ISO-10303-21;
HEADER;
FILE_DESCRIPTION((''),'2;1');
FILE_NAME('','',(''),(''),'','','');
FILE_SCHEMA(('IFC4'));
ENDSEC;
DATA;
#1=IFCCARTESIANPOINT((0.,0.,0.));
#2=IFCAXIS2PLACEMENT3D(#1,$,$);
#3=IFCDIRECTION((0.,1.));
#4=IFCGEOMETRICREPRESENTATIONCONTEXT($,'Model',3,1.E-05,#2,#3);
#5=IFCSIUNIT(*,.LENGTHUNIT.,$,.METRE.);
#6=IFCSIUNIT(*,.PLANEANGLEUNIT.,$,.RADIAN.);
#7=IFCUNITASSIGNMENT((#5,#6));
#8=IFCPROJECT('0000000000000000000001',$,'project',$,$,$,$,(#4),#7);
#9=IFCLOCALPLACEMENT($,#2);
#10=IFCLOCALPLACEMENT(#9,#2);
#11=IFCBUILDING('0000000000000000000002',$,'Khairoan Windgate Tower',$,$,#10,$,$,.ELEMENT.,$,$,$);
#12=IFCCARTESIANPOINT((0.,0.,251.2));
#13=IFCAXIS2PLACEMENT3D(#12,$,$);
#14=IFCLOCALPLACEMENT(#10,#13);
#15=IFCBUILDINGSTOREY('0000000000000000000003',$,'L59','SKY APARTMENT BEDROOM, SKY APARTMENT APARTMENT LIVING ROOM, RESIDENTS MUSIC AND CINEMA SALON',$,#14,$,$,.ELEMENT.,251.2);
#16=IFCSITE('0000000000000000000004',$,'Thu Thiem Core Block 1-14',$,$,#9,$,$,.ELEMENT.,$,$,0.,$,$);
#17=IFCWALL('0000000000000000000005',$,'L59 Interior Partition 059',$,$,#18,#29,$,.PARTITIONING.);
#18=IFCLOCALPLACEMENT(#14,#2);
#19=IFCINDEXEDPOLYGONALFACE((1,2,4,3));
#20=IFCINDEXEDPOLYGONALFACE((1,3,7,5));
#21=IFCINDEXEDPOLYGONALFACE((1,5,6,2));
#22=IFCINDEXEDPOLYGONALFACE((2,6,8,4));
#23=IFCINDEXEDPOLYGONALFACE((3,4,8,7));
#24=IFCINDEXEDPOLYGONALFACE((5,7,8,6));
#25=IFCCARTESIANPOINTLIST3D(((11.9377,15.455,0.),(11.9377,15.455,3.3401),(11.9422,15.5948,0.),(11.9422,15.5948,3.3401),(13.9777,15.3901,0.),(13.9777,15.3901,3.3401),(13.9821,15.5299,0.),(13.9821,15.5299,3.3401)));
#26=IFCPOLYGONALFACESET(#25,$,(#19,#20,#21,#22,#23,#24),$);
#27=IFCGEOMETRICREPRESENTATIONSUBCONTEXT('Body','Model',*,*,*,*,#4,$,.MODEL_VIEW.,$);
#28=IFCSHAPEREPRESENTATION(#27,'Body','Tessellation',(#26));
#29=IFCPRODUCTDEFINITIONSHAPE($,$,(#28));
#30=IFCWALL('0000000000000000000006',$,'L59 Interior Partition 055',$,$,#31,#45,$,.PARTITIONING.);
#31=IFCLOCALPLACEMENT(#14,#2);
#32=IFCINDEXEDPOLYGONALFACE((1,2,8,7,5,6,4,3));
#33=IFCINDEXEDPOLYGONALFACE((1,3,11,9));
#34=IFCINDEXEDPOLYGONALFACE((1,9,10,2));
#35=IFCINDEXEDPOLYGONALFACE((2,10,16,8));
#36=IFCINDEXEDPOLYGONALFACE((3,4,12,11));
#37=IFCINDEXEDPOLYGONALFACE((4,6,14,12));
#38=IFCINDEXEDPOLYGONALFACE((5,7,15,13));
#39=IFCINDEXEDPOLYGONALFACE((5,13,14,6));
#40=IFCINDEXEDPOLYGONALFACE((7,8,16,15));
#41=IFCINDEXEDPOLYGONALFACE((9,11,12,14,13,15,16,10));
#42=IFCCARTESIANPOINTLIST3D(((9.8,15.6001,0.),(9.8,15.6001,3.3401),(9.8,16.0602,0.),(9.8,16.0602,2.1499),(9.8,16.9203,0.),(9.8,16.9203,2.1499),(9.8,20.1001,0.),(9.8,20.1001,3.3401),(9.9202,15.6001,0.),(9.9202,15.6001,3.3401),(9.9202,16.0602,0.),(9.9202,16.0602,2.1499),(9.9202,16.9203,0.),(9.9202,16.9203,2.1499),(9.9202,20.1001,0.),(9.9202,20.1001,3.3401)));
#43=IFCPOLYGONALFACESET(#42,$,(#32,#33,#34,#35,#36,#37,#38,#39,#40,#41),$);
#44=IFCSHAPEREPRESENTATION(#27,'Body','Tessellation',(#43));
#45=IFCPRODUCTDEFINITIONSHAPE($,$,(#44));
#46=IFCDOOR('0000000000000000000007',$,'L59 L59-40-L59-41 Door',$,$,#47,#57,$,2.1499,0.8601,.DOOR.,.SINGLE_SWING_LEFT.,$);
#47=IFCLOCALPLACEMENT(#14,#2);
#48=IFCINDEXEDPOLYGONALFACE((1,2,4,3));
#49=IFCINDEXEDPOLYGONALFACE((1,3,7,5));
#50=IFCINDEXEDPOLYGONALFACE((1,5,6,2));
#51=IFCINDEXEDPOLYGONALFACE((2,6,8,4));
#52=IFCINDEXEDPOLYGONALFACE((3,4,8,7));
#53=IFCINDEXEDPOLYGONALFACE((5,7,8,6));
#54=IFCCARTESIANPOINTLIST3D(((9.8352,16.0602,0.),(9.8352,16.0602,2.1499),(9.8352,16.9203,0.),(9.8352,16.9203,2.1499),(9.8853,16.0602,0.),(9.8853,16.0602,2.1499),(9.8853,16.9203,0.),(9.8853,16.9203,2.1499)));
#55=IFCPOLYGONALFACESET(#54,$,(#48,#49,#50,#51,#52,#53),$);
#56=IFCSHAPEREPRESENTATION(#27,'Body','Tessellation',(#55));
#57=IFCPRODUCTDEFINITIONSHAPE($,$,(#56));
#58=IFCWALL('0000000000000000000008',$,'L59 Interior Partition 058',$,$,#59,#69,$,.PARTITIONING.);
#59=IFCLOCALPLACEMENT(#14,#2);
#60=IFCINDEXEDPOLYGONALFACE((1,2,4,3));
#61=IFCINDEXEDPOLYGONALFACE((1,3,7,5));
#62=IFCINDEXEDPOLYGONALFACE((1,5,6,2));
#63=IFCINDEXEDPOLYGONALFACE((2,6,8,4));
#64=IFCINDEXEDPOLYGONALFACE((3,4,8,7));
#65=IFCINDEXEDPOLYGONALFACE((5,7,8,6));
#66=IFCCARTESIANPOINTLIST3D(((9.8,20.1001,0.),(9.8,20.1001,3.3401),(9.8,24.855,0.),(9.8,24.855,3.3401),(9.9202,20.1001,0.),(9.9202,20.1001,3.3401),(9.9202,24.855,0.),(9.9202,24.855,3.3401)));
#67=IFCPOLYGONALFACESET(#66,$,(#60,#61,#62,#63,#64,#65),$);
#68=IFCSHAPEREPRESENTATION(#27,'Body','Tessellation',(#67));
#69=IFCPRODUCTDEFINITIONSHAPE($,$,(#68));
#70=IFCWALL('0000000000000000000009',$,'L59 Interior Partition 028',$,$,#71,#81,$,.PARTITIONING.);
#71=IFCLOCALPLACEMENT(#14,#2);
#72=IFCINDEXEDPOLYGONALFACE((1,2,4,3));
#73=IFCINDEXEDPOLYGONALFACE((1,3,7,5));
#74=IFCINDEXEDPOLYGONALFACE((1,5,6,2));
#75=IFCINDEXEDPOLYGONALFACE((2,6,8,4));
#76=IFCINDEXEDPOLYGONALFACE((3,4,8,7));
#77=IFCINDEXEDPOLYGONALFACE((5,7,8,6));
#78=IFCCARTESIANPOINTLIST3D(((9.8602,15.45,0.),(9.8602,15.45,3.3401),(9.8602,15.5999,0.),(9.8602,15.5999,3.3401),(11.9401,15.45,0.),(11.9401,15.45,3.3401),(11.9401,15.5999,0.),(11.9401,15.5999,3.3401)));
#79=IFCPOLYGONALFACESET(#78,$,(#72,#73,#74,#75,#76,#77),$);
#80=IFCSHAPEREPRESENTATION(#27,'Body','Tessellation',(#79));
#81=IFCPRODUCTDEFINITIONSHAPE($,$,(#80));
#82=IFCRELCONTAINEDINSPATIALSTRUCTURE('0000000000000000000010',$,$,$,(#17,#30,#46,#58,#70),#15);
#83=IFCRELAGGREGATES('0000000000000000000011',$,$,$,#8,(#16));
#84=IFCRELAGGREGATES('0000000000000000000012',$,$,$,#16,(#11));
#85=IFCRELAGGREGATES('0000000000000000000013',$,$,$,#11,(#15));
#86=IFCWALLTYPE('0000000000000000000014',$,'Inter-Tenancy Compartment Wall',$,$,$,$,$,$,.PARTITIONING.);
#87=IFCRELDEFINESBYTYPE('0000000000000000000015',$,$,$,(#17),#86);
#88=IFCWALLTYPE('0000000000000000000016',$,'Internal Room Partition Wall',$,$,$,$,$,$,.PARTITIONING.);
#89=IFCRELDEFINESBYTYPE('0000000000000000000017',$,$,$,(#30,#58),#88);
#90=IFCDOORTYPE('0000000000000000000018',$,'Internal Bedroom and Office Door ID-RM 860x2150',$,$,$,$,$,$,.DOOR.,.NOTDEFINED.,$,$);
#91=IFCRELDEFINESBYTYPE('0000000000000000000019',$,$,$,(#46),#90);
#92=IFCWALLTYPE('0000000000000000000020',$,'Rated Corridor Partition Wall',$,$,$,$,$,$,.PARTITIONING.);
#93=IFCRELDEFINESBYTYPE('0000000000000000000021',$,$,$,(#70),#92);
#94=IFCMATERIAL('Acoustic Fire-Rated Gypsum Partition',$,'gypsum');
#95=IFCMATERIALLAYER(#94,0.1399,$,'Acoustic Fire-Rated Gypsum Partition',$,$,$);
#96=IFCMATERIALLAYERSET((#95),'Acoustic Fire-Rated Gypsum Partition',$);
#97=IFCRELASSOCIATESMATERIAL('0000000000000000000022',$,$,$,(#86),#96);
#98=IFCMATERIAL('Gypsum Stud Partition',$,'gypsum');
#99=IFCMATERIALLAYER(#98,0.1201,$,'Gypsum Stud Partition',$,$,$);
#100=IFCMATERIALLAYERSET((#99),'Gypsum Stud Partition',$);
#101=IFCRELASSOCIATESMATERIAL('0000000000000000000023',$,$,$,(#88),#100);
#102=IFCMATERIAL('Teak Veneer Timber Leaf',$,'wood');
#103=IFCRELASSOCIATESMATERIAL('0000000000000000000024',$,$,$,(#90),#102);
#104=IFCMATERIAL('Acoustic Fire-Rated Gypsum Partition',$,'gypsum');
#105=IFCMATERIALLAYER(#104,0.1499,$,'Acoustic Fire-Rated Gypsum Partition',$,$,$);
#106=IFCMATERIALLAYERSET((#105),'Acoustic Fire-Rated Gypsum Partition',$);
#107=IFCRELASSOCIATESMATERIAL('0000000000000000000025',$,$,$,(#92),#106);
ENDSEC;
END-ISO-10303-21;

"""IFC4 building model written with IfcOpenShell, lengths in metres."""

from ifc_helpers import new_model, si_unit, direction, frame, frame_2d, origin, place, context, subcontext, project, spatial, rectangle, extrude, material, layer, layer_set, type_object, element, fill, save


model = new_model("IFC4")

# Units and contexts
model_context = context("Model", 3, precision=1e-05, world=origin(), true_north=direction((0.0, 1.0)))
body_context = subcontext(model_context, "Body", "Model", "MODEL_VIEW")
ifc_project = project(units=[si_unit("LENGTHUNIT", "METRE"), si_unit("PLANEANGLEUNIT", "RADIAN")], contexts=[model_context])

# Site, building, storey
site_placement = place(None, origin())
site = spatial("IfcSite", under=ifc_project, at=site_placement, Name="Thu Thiem Core Block 1-14", CompositionType="ELEMENT", RefElevation=0.0)
building_placement = place(site_placement, origin())
building = spatial("IfcBuilding", under=site, at=building_placement, Name="Khairoan Windgate Tower", CompositionType="ELEMENT")
storey_placement = place(building_placement, frame((0.0, 0.0, 251.2)))
storey = spatial("IfcBuildingStorey", under=building, at=storey_placement, Name="L59", Description="SKY APARTMENT BEDROOM, SKY APARTMENT APARTMENT LIVING ROOM, RESIDENTS MUSIC AND CINEMA SALON", CompositionType="ELEMENT", Elevation=251.2)

# Wall
ifc_material_1 = material(Name="Acoustic Fire-Rated Gypsum Partition", Category="gypsum")
ifc_layer_1 = layer(ifc_material_1, 0.1399, Name="Acoustic Fire-Rated Gypsum Partition")
ifc_layer_set_1 = layer_set([ifc_layer_1], Name="Acoustic Fire-Rated Gypsum Partition")
wall_type_1 = type_object("IfcWallType", Name="Inter-Tenancy Compartment Wall", PredefinedType="PARTITIONING", material=ifc_layer_set_1)
wall_1_placement = place(storey_placement, frame((11.9399, 15.5249, 0.0), z_axis=(0.0, 0.0, 1.0), x_axis=(0.999494, -0.031817, 0.0)))
element("IfcWall", 1, at=wall_1_placement, inside=storey, type_object=wall_type_1, Name="L59 Interior Partition 059", PredefinedType="PARTITIONING", context=body_context, shape_type="SweptSolid", body=[
    extrude(rectangle(XDim=2.041, YDim=0.1399, at=frame_2d((1.0205, 0.0))), origin(), (0.0, 0.0, 1.0), 3.3401),
])

# Wall, opening, door
ifc_material_2 = material(Name="Gypsum Stud Partition", Category="gypsum")
ifc_layer_2 = layer(ifc_material_2, 0.1201, Name="Gypsum Stud Partition")
ifc_layer_set_2 = layer_set([ifc_layer_2], Name="Gypsum Stud Partition")
wall_type_2 = type_object("IfcWallType", Name="Internal Room Partition Wall", PredefinedType="PARTITIONING", material=ifc_layer_set_2)
wall_2_placement = place(storey_placement, frame((9.8601, 15.6001, 0.0), z_axis=(0.0, 0.0, 1.0), x_axis=(0.0, 1.0, 0.0)))
wall_2 = element("IfcWall", 2, at=wall_2_placement, inside=storey, type_object=wall_type_2, Name="L59 Interior Partition 055", PredefinedType="PARTITIONING", context=body_context, shape_type="SweptSolid", body=[
    extrude(rectangle(XDim=4.5, YDim=0.1201, at=frame_2d((2.25, 0.0))), origin(), (0.0, 0.0, 1.0), 3.3401),
])
opening_placement = place(wall_2_placement, frame((0.46, 0.0, 0.0)))
opening = element("IfcOpeningElement", 3, at=opening_placement, cuts=wall_2, PredefinedType="OPENING", context=body_context, shape_type="SweptSolid", body=[
    extrude(rectangle(XDim=0.8601, YDim=2.1499, at=frame_2d((0.4302, 1.075))), frame((0.0, 0.0701, 0.0), z_axis=(0.0, -1.0, 0.0), x_axis=(1.0, 0.0, 0.0)), (0.0, 0.0, 1.0), 0.1401),
])
ifc_material_3 = material(Name="Teak Veneer Timber Leaf", Category="wood")
door_type = type_object("IfcDoorType", Name="Internal Bedroom and Office Door ID-RM 860x2150", OperationType="NOTDEFINED", PredefinedType="DOOR", material=ifc_material_3)
door_placement = place(opening_placement, origin())
door = element("IfcDoor", 4, at=door_placement, inside=storey, type_object=door_type, Name="L59 L59-40-L59-41 Door", OperationType="SINGLE_SWING_LEFT", OverallHeight=2.1499, OverallWidth=0.8601, PredefinedType="DOOR", context=body_context, shape_type="SweptSolid", body=[
    extrude(rectangle(XDim=0.8601, YDim=2.1499, at=frame_2d((0.4302, 1.075))), frame((0.0, 0.0249, 0.0), z_axis=(0.0, -1.0, 0.0), x_axis=(1.0, 0.0, 0.0)), (0.0, 0.0, 1.0), 0.05),
])
fill(opening, door)

# Walls
wall_3_placement = place(storey_placement, frame((9.8601, 20.1001, 0.0), z_axis=(0.0, 0.0, 1.0), x_axis=(0.0, 1.0, 0.0)))
element("IfcWall", 5, at=wall_3_placement, inside=storey, type_object=wall_type_2, Name="L59 Interior Partition 058", PredefinedType="PARTITIONING", context=body_context, shape_type="SweptSolid", body=[
    extrude(rectangle(XDim=4.7549, YDim=0.1201, at=frame_2d((2.3774, 0.0))), origin(), (0.0, 0.0, 1.0), 3.3401),
])
ifc_material_4 = material(Name="Acoustic Fire-Rated Gypsum Partition", Category="gypsum")
ifc_layer_3 = layer(ifc_material_4, 0.1499, Name="Acoustic Fire-Rated Gypsum Partition")
ifc_layer_set_3 = layer_set([ifc_layer_3], Name="Acoustic Fire-Rated Gypsum Partition")
wall_type_3 = type_object("IfcWallType", Name="Rated Corridor Partition Wall", PredefinedType="PARTITIONING", material=ifc_layer_set_3)
wall_4_placement = place(storey_placement, frame((9.8601, 15.5249, 0.0), z_axis=(0.0, 0.0, 1.0), x_axis=(1.0, 0.0, 0.0)))
element("IfcWall", 6, at=wall_4_placement, inside=storey, type_object=wall_type_3, Name="L59 Interior Partition 028", PredefinedType="PARTITIONING", context=body_context, shape_type="SweptSolid", body=[
    extrude(rectangle(XDim=2.0798, YDim=0.1499, at=frame_2d((1.04, 0.0))), origin(), (0.0, 0.0, 1.0), 3.3401),
])

save(model, "model.ifc")
